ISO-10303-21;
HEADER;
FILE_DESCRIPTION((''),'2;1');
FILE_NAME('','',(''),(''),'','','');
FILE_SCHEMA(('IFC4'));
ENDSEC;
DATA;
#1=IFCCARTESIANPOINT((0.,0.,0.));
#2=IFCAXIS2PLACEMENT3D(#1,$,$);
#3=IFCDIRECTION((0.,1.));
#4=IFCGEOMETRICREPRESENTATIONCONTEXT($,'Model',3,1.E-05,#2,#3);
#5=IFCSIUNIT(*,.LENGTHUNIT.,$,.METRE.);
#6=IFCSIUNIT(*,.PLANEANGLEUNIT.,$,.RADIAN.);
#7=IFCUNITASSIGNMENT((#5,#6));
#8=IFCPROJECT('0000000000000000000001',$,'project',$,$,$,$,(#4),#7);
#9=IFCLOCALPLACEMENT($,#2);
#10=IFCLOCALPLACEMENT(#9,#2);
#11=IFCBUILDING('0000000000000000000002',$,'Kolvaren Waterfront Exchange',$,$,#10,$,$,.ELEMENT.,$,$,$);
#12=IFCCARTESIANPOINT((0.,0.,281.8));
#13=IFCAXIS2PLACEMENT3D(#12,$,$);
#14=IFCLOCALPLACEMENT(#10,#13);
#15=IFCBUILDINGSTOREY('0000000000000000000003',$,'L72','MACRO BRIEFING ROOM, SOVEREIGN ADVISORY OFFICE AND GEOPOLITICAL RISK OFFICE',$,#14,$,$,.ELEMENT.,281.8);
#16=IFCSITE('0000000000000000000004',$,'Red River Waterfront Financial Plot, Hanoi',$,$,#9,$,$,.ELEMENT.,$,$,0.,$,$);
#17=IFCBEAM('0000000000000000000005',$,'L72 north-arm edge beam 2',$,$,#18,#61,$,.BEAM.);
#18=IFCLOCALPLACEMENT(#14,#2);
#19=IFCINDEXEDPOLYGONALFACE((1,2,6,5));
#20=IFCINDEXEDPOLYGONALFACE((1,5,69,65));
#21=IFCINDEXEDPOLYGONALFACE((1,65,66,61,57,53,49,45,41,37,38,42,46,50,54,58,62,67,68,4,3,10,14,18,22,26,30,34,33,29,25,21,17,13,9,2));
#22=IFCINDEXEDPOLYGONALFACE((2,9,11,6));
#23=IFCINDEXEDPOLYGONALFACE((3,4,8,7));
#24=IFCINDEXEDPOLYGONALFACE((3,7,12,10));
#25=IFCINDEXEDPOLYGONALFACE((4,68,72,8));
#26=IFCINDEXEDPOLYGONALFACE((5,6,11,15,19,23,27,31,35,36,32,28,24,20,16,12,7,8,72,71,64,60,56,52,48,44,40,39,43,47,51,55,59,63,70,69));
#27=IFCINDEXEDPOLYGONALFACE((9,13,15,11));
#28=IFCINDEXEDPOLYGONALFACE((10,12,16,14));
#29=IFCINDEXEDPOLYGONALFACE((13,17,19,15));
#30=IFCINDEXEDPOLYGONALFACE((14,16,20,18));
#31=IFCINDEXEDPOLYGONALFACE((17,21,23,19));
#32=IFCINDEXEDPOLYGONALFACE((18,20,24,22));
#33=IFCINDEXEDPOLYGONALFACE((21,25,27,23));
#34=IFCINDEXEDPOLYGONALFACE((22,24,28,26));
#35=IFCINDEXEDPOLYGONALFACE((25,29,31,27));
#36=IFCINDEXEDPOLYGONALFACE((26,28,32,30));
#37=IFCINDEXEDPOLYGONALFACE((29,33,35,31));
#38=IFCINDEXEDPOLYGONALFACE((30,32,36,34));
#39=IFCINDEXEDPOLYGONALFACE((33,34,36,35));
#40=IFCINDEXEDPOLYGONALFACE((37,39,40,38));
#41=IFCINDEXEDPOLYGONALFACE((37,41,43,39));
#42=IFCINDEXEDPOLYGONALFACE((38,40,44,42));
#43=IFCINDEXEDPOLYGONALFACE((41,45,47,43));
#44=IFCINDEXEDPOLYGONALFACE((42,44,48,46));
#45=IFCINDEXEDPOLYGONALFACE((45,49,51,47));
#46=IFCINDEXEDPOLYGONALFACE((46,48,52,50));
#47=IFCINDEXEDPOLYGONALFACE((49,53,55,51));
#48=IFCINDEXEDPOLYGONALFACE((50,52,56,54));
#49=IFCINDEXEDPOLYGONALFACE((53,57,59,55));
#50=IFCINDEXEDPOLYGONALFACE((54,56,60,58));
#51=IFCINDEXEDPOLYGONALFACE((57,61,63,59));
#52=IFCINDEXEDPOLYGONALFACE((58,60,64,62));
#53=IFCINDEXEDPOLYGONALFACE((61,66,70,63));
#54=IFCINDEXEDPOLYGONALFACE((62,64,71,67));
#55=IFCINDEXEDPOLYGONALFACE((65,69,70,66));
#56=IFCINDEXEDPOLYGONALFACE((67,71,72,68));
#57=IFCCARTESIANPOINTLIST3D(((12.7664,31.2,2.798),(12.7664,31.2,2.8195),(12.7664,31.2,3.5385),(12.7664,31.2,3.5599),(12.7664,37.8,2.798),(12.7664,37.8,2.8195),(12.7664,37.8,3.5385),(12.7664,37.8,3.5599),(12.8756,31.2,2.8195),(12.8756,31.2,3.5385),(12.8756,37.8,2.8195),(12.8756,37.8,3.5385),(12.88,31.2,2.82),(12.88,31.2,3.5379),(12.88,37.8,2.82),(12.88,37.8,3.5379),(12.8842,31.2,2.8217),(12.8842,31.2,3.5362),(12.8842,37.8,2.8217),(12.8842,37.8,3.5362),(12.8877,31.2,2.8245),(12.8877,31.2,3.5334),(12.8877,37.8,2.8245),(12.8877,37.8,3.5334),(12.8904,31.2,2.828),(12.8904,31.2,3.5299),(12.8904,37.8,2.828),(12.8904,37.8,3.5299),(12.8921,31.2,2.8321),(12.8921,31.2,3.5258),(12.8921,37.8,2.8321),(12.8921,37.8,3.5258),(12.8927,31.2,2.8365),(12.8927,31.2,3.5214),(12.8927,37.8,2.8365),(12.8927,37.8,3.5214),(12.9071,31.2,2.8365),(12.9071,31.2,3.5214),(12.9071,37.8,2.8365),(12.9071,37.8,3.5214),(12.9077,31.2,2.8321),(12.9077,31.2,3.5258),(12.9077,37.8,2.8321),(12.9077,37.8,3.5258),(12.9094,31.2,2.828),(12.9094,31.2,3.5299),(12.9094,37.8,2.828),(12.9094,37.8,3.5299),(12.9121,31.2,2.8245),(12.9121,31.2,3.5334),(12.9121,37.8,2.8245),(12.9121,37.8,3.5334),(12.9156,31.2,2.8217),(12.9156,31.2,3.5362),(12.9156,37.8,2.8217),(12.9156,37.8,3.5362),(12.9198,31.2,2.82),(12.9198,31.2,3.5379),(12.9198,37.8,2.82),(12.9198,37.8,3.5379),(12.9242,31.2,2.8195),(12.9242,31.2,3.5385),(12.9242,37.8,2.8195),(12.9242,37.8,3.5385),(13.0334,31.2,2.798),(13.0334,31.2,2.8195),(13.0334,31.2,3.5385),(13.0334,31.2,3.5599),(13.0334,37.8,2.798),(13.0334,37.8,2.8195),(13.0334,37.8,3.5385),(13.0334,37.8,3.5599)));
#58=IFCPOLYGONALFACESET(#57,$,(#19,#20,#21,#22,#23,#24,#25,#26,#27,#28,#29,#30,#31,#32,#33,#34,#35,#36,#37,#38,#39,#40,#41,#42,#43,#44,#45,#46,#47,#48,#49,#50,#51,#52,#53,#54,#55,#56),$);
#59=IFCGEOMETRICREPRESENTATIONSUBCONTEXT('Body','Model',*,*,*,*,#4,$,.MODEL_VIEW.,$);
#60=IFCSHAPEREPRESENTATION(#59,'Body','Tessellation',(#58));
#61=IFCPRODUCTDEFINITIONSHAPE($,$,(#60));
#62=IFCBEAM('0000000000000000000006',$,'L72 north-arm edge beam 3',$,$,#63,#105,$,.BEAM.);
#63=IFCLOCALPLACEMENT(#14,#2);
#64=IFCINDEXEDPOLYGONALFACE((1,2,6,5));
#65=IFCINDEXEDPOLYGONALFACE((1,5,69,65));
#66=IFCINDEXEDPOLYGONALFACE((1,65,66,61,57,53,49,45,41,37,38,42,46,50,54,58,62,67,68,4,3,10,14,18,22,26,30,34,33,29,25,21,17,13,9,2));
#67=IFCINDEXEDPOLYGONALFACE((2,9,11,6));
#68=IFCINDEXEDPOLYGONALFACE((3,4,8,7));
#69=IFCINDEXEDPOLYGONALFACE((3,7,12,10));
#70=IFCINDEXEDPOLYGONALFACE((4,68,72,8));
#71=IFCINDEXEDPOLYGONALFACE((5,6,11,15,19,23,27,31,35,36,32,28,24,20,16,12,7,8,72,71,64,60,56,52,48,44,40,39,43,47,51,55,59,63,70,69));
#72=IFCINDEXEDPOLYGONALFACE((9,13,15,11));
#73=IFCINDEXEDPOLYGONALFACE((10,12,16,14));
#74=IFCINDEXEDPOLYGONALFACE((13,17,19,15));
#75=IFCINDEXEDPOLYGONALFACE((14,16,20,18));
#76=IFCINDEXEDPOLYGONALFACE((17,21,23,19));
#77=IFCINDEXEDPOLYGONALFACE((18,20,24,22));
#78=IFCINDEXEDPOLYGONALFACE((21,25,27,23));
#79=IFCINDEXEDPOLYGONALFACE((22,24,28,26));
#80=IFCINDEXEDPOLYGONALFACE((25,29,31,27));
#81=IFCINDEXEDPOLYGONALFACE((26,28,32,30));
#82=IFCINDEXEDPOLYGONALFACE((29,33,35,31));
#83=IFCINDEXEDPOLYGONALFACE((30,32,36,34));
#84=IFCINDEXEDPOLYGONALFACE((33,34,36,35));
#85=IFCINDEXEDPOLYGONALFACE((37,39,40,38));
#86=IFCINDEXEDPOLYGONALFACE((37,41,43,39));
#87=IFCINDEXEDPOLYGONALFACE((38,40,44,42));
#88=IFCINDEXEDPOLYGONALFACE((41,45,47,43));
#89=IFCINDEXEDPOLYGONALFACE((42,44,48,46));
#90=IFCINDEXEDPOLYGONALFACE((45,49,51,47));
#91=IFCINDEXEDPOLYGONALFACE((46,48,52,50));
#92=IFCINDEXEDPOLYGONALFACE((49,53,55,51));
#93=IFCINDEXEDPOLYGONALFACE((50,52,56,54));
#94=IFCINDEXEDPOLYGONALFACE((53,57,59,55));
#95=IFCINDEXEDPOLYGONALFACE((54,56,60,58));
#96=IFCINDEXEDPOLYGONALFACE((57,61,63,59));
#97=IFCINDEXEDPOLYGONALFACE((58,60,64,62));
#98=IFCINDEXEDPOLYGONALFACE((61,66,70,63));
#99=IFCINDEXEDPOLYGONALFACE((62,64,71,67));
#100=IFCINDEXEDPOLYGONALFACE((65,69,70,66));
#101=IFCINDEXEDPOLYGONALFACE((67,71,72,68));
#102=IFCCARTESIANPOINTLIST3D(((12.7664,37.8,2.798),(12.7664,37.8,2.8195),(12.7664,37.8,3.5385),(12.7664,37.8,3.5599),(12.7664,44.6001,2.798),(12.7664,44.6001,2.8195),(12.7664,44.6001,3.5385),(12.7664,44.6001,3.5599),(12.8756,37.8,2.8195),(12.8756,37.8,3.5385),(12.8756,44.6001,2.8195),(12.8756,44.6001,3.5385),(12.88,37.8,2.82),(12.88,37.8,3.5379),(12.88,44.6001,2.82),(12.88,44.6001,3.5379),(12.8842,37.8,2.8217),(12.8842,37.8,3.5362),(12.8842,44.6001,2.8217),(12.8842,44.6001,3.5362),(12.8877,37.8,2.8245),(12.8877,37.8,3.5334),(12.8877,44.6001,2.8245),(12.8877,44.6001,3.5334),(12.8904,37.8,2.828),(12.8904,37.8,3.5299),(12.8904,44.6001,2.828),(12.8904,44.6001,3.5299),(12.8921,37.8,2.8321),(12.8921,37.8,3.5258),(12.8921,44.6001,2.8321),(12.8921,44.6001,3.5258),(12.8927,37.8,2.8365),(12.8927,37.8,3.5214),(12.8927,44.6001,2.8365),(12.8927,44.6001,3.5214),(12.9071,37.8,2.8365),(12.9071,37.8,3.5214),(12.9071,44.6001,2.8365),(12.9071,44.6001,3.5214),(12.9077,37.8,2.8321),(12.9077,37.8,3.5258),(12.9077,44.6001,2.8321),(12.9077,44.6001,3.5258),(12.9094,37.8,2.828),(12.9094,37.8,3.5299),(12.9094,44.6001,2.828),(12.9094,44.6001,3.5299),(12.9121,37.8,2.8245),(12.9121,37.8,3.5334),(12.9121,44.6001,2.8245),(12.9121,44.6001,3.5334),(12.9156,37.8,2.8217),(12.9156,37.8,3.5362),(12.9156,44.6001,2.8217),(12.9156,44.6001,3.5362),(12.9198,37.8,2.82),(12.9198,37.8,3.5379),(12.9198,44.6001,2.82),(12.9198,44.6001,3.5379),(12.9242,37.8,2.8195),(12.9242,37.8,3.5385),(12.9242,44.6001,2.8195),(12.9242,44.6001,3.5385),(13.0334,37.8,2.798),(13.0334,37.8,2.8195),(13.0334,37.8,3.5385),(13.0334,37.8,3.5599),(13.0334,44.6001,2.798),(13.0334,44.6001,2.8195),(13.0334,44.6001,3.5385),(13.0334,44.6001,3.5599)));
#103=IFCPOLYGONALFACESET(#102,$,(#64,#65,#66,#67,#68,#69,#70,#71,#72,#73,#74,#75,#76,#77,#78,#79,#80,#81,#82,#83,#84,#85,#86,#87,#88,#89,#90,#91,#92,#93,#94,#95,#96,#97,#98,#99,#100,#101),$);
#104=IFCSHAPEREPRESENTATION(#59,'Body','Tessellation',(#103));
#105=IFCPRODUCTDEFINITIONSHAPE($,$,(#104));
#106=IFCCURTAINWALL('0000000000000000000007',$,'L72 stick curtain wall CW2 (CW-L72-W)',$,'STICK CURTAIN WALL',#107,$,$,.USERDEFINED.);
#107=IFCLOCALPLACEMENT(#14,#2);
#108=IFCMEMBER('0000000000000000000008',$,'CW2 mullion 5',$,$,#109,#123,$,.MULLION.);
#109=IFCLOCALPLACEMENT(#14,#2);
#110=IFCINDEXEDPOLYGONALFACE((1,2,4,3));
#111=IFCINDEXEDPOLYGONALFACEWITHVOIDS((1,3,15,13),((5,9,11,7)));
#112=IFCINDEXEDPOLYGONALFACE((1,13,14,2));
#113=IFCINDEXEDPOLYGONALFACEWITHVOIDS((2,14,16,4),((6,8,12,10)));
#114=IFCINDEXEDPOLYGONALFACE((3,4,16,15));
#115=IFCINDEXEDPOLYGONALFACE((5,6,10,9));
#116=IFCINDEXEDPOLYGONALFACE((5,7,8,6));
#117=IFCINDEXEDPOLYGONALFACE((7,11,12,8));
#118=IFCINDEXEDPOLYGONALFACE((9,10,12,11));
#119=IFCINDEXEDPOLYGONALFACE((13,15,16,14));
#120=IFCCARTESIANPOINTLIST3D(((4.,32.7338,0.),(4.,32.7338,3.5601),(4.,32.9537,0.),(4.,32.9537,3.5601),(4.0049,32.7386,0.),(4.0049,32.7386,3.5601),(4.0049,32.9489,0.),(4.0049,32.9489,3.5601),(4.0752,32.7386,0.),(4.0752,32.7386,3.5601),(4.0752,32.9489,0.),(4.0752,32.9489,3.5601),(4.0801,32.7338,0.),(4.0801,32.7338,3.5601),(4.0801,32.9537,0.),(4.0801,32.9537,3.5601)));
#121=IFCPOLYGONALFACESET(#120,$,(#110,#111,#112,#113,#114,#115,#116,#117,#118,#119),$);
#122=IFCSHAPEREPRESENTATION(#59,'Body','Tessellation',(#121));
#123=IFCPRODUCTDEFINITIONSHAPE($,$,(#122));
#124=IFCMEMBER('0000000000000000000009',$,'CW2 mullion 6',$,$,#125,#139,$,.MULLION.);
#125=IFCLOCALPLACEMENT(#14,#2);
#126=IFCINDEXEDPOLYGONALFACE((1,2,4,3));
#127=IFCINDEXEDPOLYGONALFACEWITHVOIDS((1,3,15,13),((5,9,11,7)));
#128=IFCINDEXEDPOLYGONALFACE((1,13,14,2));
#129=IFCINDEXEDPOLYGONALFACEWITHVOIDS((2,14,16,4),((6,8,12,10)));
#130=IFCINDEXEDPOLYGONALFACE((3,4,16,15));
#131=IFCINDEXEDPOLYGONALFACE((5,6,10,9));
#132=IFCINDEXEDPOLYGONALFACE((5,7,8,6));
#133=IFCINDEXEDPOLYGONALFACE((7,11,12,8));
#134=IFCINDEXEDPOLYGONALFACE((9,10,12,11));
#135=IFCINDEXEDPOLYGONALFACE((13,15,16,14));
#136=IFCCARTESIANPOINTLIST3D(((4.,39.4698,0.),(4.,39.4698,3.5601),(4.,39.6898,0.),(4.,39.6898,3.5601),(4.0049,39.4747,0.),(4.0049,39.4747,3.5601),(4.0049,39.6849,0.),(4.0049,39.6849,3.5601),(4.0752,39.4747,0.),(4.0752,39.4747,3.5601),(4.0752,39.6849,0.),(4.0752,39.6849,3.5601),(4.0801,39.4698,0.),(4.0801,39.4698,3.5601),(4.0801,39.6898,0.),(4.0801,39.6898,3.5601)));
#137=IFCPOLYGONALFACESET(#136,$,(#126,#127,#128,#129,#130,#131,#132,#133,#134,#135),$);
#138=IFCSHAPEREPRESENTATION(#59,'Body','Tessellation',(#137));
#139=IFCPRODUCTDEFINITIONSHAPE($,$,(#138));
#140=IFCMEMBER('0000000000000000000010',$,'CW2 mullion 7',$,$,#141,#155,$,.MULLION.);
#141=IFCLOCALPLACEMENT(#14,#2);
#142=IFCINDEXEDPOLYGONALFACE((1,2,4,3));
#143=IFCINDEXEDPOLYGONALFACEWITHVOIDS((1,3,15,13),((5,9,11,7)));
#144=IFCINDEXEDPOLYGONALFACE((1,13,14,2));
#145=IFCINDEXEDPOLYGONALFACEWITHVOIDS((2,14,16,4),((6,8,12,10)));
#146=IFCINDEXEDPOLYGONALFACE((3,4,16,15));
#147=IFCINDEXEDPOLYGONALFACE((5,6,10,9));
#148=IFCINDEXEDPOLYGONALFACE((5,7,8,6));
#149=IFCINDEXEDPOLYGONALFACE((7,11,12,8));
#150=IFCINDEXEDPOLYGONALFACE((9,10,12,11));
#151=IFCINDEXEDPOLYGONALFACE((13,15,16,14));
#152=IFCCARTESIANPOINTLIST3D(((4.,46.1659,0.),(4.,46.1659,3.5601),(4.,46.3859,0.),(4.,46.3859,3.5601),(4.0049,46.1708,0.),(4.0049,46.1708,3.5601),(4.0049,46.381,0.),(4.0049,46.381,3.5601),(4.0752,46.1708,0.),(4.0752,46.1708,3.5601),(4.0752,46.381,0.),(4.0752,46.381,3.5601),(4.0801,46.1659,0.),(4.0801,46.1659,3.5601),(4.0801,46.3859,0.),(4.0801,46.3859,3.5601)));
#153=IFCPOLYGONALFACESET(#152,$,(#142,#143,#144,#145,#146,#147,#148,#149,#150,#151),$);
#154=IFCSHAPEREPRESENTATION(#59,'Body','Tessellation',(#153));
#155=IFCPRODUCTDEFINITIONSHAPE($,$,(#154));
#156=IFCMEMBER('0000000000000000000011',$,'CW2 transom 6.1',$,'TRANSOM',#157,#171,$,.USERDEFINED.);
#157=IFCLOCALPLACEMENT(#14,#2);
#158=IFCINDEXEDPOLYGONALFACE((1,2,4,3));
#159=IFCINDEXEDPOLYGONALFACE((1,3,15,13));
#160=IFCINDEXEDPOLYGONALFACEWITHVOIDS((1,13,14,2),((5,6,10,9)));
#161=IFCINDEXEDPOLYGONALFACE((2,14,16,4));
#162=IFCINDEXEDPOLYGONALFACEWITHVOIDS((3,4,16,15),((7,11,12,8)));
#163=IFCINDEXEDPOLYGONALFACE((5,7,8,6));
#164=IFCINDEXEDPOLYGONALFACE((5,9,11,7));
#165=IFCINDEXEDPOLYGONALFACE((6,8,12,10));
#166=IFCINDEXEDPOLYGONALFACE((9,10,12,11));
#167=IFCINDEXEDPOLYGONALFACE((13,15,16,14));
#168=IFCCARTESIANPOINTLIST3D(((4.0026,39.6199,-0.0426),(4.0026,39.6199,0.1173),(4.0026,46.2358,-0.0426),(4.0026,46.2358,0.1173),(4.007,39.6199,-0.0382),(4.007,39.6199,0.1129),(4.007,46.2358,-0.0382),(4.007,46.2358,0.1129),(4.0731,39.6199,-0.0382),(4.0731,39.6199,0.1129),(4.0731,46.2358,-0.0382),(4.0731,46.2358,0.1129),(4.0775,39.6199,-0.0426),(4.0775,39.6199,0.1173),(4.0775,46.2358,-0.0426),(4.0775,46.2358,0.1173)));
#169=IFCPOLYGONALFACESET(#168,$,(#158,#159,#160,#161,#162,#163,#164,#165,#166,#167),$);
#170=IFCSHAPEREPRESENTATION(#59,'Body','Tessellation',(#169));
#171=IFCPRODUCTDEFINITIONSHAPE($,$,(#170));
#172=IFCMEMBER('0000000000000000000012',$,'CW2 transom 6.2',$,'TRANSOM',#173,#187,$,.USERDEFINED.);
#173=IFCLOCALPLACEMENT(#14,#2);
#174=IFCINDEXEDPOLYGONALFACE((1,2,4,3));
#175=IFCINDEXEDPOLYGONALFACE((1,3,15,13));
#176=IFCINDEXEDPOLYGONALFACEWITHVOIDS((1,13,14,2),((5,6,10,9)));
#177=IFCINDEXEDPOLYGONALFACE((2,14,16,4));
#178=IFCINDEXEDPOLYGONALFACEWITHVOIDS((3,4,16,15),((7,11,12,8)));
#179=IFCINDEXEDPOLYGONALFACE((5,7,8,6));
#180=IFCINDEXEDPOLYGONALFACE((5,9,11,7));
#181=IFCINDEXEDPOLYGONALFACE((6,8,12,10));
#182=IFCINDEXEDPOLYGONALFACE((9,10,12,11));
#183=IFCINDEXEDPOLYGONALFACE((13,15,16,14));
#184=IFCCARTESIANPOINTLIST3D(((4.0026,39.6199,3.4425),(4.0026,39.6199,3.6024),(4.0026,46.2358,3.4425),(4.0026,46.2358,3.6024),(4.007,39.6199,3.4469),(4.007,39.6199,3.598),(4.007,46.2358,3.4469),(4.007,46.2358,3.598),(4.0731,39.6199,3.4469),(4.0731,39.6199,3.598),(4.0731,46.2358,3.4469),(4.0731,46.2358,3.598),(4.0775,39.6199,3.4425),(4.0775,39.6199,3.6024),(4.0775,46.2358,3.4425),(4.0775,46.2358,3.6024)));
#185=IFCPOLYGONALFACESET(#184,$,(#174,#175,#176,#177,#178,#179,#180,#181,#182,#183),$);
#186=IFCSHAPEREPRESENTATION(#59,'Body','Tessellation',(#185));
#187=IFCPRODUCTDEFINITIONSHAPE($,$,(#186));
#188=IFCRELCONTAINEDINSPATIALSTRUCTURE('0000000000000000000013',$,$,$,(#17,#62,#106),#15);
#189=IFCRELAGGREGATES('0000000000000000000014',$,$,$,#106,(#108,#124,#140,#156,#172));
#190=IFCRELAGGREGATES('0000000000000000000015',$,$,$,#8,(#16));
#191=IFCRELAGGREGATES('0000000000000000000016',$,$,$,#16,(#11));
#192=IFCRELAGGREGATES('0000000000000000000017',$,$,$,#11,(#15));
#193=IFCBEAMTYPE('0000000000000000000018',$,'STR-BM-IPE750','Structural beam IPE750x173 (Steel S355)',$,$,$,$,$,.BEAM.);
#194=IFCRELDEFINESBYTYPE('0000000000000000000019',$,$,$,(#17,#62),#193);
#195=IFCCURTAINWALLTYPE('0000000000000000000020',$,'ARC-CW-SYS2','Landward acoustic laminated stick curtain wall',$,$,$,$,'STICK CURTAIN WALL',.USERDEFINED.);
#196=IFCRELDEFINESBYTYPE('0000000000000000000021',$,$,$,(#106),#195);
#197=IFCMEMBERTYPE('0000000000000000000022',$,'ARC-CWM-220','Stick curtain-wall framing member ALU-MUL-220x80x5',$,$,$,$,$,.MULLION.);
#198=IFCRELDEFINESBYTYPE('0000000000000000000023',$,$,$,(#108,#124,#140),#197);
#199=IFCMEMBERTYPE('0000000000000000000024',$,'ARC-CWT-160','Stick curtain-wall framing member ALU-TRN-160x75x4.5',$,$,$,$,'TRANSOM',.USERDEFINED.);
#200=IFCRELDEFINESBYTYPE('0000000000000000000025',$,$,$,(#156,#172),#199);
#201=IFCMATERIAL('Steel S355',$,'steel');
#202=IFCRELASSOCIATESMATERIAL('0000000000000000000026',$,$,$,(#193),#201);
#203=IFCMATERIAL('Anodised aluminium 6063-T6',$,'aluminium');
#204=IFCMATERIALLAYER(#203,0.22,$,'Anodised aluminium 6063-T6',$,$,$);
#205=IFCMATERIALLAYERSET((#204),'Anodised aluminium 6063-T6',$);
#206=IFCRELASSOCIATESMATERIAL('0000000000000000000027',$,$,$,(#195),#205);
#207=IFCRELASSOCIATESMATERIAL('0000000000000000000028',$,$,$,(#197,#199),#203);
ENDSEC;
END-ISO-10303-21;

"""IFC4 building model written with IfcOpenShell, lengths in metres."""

from ifc_helpers import new_model, si_unit, direction, frame, origin, origin_with_axes, origin_2d, place, context, subcontext, project, spatial, hollow_rectangle, i_section, extrude, source, transform, mapped, material, layer, layer_set, material_profile, profile_set, type_object, element, aggregate, save


model = new_model("IFC4")

# Units and contexts
model_context = context("Model", 3, precision=1e-05, world=origin(), true_north=direction((0.0, 1.0)))
body_context = subcontext(model_context, "Body", "Model", "MODEL_VIEW")
ifc_project = project(units=[si_unit("LENGTHUNIT", "METRE"), si_unit("PLANEANGLEUNIT", "RADIAN")], contexts=[model_context])

# Site, building, storey
site_placement = place(None, origin())
site = spatial("IfcSite", under=ifc_project, at=site_placement, Name="Red River Waterfront Financial Plot, Hanoi", CompositionType="ELEMENT", RefElevation=0.0)
building_placement = place(site_placement, origin())
building = spatial("IfcBuilding", under=site, at=building_placement, Name="Kolvaren Waterfront Exchange", CompositionType="ELEMENT")
storey_placement = place(building_placement, frame((0.0, 0.0, 281.8)))
storey = spatial("IfcBuildingStorey", under=building, at=storey_placement, Name="L72", Description="MACRO BRIEFING ROOM, SOVEREIGN ADVISORY OFFICE AND GEOPOLITICAL RISK OFFICE", CompositionType="ELEMENT", Elevation=281.8)

# Beams
ifc_material_1 = material(Name="Steel S355", Category="steel")
ifc_material_profile_1 = material_profile(ifc_material_1, i_section(OverallWidth=0.2671, OverallDepth=0.762, WebThickness=0.0144, FlangeThickness=0.0215, FilletRadius=0.0171, at=origin_2d()), Name="IPE750x173")
ifc_profile_set_1 = profile_set([ifc_material_profile_1], Name="Steel S355")
beam_type_1 = type_object("IfcBeamType", Name="STR-BM-IPE750", Description="Structural beam IPE750x173 (Steel S355)", PredefinedType="BEAM", material=ifc_profile_set_1)
beam_1_placement = place(storey_placement, frame((12.8999, 31.2, 3.179), z_axis=(0.0, 1.0, 0.0), x_axis=(-1.0, 0.0, 0.0)))
element("IfcBeam", 1, at=beam_1_placement, inside=storey, type_object=beam_type_1, Name="L72 north-arm edge beam 2", PredefinedType="BEAM", context=body_context, shape_type="SweptSolid", body=[
    extrude(i_section(OverallWidth=0.2671, OverallDepth=0.762, WebThickness=0.0144, FlangeThickness=0.0215, FilletRadius=0.0171, at=origin_2d()), origin(), (0.0, 0.0, 1.0), 6.6001),
])
beam_2_placement = place(storey_placement, frame((12.8999, 37.8, 3.179), z_axis=(0.0, 1.0, 0.0), x_axis=(-1.0, 0.0, 0.0)))
element("IfcBeam", 2, at=beam_2_placement, inside=storey, type_object=beam_type_1, Name="L72 north-arm edge beam 3", PredefinedType="BEAM", context=body_context, shape_type="SweptSolid", body=[
    extrude(i_section(OverallWidth=0.2671, OverallDepth=0.762, WebThickness=0.0144, FlangeThickness=0.0215, FilletRadius=0.0171, at=origin_2d()), origin(), (0.0, 0.0, 1.0), 6.8),
])

# Curtain wall, members
ifc_material_2 = material(Name="Anodised aluminium 6063-T6", Category="aluminium")
ifc_layer_1 = layer(ifc_material_2, 0.22, Name="Anodised aluminium 6063-T6")
ifc_layer_set_1 = layer_set([ifc_layer_1], Name="Anodised aluminium 6063-T6")
curtain_wall_type = type_object("IfcCurtainWallType", Name="ARC-CW-SYS2", Description="Landward acoustic laminated stick curtain wall", ElementType="STICK CURTAIN WALL", PredefinedType="USERDEFINED", material=ifc_layer_set_1)
curtain_wall_placement = place(storey_placement, origin())
curtain_wall = element("IfcCurtainWall", 3, at=curtain_wall_placement, inside=storey, type_object=curtain_wall_type, Name="L72 stick curtain wall CW2 (CW-L72-W)", ObjectType="STICK CURTAIN WALL", PredefinedType="USERDEFINED")
ifc_material_profile_2 = material_profile(ifc_material_2, hollow_rectangle(XDim=0.0801, YDim=0.22, WallThickness=0.0049, at=origin_2d()), Name="ALU-MUL-220x80x5")
ifc_profile_set_2 = profile_set([ifc_material_profile_2], Name="Anodised aluminium 6063-T6")
member_type_1 = type_object("IfcMemberType", Name="ARC-CWM-220", Description="Stick curtain-wall framing member ALU-MUL-220x80x5", PredefinedType="MULLION", material=ifc_profile_set_2)
shared_shape_1 = source(origin_with_axes(), body_context, "Body", "SweptSolid", [
    extrude(hollow_rectangle(XDim=0.0801, YDim=0.22, WallThickness=0.0049, at=origin_2d()), origin(), (0.0, 0.0, 1.0), 3.5601),
])
member_1_placement = place(storey_placement, frame((4.04, 32.8438, 0.0), z_axis=(0.0, 0.0, 1.0), x_axis=(-1.0, 0.0, 0.0)))
member_1 = element("IfcMember", 4, at=member_1_placement, type_object=member_type_1, Name="CW2 mullion 5", PredefinedType="MULLION", context=body_context, shape_type="MappedRepresentation", body=[
    mapped(shared_shape_1, transform((0.0, 0.0, 0.0), x_axis=(1.0, 0.0, 0.0), y_axis=(0.0, 1.0, 0.0), z_axis=(0.0, 0.0, 1.0), scale=1.0)),
])
member_2_placement = place(storey_placement, frame((4.04, 39.5798, 0.0), z_axis=(0.0, 0.0, 1.0), x_axis=(-1.0, 0.0, 0.0)))
member_2 = element("IfcMember", 5, at=member_2_placement, type_object=member_type_1, Name="CW2 mullion 6", PredefinedType="MULLION", context=body_context, shape_type="MappedRepresentation", body=[
    mapped(shared_shape_1, transform((0.0, 0.0, 0.0), x_axis=(1.0, 0.0, 0.0), y_axis=(0.0, 1.0, 0.0), z_axis=(0.0, 0.0, 1.0), scale=1.0)),
])
member_3_placement = place(storey_placement, frame((4.04, 46.2759, 0.0), z_axis=(0.0, 0.0, 1.0), x_axis=(-1.0, 0.0, 0.0)))
member_3 = element("IfcMember", 6, at=member_3_placement, type_object=member_type_1, Name="CW2 mullion 7", PredefinedType="MULLION", context=body_context, shape_type="MappedRepresentation", body=[
    mapped(shared_shape_1, transform((0.0, 0.0, 0.0), x_axis=(1.0, 0.0, 0.0), y_axis=(0.0, 1.0, 0.0), z_axis=(0.0, 0.0, 1.0), scale=1.0)),
])
ifc_material_profile_3 = material_profile(ifc_material_2, hollow_rectangle(XDim=0.075, YDim=0.1599, WallThickness=0.0044, at=origin_2d()), Name="ALU-TRN-160x75x4.5")
ifc_profile_set_3 = profile_set([ifc_material_profile_3], Name="Anodised aluminium 6063-T6")
member_type_2 = type_object("IfcMemberType", Name="ARC-CWT-160", Description="Stick curtain-wall framing member ALU-TRN-160x75x4.5", ElementType="TRANSOM", PredefinedType="USERDEFINED", material=ifc_profile_set_3)
shared_shape_2 = source(origin_with_axes(), body_context, "Body", "SweptSolid", [
    extrude(hollow_rectangle(XDim=0.075, YDim=0.1599, WallThickness=0.0044, at=origin_2d()), origin(), (0.0, 0.0, 1.0), 6.616),
])
member_4_placement = place(storey_placement, frame((4.04, 39.6199, 0.0374), z_axis=(0.0, 1.0, 0.0), x_axis=(-1.0, 0.0, 0.0)))
member_4 = element("IfcMember", 7, at=member_4_placement, type_object=member_type_2, Name="CW2 transom 6.1", ObjectType="TRANSOM", PredefinedType="USERDEFINED", context=body_context, shape_type="MappedRepresentation", body=[
    mapped(shared_shape_2, transform((0.0, 0.0, 0.0), x_axis=(1.0, 0.0, 0.0), y_axis=(0.0, 1.0, 0.0), z_axis=(0.0, 0.0, 1.0), scale=1.0)),
])
member_5_placement = place(storey_placement, frame((4.04, 39.6199, 3.5225), z_axis=(0.0, 1.0, 0.0), x_axis=(-1.0, 0.0, 0.0)))
member_5 = element("IfcMember", 8, at=member_5_placement, type_object=member_type_2, Name="CW2 transom 6.2", ObjectType="TRANSOM", PredefinedType="USERDEFINED", context=body_context, shape_type="MappedRepresentation", body=[
    mapped(shared_shape_2, transform((0.0, 0.0, 0.0), x_axis=(1.0, 0.0, 0.0), y_axis=(0.0, 1.0, 0.0), z_axis=(0.0, 0.0, 1.0), scale=1.0)),
])
aggregate(curtain_wall, [member_1, member_2, member_3, member_4, member_5])

save(model, "model.ifc")
